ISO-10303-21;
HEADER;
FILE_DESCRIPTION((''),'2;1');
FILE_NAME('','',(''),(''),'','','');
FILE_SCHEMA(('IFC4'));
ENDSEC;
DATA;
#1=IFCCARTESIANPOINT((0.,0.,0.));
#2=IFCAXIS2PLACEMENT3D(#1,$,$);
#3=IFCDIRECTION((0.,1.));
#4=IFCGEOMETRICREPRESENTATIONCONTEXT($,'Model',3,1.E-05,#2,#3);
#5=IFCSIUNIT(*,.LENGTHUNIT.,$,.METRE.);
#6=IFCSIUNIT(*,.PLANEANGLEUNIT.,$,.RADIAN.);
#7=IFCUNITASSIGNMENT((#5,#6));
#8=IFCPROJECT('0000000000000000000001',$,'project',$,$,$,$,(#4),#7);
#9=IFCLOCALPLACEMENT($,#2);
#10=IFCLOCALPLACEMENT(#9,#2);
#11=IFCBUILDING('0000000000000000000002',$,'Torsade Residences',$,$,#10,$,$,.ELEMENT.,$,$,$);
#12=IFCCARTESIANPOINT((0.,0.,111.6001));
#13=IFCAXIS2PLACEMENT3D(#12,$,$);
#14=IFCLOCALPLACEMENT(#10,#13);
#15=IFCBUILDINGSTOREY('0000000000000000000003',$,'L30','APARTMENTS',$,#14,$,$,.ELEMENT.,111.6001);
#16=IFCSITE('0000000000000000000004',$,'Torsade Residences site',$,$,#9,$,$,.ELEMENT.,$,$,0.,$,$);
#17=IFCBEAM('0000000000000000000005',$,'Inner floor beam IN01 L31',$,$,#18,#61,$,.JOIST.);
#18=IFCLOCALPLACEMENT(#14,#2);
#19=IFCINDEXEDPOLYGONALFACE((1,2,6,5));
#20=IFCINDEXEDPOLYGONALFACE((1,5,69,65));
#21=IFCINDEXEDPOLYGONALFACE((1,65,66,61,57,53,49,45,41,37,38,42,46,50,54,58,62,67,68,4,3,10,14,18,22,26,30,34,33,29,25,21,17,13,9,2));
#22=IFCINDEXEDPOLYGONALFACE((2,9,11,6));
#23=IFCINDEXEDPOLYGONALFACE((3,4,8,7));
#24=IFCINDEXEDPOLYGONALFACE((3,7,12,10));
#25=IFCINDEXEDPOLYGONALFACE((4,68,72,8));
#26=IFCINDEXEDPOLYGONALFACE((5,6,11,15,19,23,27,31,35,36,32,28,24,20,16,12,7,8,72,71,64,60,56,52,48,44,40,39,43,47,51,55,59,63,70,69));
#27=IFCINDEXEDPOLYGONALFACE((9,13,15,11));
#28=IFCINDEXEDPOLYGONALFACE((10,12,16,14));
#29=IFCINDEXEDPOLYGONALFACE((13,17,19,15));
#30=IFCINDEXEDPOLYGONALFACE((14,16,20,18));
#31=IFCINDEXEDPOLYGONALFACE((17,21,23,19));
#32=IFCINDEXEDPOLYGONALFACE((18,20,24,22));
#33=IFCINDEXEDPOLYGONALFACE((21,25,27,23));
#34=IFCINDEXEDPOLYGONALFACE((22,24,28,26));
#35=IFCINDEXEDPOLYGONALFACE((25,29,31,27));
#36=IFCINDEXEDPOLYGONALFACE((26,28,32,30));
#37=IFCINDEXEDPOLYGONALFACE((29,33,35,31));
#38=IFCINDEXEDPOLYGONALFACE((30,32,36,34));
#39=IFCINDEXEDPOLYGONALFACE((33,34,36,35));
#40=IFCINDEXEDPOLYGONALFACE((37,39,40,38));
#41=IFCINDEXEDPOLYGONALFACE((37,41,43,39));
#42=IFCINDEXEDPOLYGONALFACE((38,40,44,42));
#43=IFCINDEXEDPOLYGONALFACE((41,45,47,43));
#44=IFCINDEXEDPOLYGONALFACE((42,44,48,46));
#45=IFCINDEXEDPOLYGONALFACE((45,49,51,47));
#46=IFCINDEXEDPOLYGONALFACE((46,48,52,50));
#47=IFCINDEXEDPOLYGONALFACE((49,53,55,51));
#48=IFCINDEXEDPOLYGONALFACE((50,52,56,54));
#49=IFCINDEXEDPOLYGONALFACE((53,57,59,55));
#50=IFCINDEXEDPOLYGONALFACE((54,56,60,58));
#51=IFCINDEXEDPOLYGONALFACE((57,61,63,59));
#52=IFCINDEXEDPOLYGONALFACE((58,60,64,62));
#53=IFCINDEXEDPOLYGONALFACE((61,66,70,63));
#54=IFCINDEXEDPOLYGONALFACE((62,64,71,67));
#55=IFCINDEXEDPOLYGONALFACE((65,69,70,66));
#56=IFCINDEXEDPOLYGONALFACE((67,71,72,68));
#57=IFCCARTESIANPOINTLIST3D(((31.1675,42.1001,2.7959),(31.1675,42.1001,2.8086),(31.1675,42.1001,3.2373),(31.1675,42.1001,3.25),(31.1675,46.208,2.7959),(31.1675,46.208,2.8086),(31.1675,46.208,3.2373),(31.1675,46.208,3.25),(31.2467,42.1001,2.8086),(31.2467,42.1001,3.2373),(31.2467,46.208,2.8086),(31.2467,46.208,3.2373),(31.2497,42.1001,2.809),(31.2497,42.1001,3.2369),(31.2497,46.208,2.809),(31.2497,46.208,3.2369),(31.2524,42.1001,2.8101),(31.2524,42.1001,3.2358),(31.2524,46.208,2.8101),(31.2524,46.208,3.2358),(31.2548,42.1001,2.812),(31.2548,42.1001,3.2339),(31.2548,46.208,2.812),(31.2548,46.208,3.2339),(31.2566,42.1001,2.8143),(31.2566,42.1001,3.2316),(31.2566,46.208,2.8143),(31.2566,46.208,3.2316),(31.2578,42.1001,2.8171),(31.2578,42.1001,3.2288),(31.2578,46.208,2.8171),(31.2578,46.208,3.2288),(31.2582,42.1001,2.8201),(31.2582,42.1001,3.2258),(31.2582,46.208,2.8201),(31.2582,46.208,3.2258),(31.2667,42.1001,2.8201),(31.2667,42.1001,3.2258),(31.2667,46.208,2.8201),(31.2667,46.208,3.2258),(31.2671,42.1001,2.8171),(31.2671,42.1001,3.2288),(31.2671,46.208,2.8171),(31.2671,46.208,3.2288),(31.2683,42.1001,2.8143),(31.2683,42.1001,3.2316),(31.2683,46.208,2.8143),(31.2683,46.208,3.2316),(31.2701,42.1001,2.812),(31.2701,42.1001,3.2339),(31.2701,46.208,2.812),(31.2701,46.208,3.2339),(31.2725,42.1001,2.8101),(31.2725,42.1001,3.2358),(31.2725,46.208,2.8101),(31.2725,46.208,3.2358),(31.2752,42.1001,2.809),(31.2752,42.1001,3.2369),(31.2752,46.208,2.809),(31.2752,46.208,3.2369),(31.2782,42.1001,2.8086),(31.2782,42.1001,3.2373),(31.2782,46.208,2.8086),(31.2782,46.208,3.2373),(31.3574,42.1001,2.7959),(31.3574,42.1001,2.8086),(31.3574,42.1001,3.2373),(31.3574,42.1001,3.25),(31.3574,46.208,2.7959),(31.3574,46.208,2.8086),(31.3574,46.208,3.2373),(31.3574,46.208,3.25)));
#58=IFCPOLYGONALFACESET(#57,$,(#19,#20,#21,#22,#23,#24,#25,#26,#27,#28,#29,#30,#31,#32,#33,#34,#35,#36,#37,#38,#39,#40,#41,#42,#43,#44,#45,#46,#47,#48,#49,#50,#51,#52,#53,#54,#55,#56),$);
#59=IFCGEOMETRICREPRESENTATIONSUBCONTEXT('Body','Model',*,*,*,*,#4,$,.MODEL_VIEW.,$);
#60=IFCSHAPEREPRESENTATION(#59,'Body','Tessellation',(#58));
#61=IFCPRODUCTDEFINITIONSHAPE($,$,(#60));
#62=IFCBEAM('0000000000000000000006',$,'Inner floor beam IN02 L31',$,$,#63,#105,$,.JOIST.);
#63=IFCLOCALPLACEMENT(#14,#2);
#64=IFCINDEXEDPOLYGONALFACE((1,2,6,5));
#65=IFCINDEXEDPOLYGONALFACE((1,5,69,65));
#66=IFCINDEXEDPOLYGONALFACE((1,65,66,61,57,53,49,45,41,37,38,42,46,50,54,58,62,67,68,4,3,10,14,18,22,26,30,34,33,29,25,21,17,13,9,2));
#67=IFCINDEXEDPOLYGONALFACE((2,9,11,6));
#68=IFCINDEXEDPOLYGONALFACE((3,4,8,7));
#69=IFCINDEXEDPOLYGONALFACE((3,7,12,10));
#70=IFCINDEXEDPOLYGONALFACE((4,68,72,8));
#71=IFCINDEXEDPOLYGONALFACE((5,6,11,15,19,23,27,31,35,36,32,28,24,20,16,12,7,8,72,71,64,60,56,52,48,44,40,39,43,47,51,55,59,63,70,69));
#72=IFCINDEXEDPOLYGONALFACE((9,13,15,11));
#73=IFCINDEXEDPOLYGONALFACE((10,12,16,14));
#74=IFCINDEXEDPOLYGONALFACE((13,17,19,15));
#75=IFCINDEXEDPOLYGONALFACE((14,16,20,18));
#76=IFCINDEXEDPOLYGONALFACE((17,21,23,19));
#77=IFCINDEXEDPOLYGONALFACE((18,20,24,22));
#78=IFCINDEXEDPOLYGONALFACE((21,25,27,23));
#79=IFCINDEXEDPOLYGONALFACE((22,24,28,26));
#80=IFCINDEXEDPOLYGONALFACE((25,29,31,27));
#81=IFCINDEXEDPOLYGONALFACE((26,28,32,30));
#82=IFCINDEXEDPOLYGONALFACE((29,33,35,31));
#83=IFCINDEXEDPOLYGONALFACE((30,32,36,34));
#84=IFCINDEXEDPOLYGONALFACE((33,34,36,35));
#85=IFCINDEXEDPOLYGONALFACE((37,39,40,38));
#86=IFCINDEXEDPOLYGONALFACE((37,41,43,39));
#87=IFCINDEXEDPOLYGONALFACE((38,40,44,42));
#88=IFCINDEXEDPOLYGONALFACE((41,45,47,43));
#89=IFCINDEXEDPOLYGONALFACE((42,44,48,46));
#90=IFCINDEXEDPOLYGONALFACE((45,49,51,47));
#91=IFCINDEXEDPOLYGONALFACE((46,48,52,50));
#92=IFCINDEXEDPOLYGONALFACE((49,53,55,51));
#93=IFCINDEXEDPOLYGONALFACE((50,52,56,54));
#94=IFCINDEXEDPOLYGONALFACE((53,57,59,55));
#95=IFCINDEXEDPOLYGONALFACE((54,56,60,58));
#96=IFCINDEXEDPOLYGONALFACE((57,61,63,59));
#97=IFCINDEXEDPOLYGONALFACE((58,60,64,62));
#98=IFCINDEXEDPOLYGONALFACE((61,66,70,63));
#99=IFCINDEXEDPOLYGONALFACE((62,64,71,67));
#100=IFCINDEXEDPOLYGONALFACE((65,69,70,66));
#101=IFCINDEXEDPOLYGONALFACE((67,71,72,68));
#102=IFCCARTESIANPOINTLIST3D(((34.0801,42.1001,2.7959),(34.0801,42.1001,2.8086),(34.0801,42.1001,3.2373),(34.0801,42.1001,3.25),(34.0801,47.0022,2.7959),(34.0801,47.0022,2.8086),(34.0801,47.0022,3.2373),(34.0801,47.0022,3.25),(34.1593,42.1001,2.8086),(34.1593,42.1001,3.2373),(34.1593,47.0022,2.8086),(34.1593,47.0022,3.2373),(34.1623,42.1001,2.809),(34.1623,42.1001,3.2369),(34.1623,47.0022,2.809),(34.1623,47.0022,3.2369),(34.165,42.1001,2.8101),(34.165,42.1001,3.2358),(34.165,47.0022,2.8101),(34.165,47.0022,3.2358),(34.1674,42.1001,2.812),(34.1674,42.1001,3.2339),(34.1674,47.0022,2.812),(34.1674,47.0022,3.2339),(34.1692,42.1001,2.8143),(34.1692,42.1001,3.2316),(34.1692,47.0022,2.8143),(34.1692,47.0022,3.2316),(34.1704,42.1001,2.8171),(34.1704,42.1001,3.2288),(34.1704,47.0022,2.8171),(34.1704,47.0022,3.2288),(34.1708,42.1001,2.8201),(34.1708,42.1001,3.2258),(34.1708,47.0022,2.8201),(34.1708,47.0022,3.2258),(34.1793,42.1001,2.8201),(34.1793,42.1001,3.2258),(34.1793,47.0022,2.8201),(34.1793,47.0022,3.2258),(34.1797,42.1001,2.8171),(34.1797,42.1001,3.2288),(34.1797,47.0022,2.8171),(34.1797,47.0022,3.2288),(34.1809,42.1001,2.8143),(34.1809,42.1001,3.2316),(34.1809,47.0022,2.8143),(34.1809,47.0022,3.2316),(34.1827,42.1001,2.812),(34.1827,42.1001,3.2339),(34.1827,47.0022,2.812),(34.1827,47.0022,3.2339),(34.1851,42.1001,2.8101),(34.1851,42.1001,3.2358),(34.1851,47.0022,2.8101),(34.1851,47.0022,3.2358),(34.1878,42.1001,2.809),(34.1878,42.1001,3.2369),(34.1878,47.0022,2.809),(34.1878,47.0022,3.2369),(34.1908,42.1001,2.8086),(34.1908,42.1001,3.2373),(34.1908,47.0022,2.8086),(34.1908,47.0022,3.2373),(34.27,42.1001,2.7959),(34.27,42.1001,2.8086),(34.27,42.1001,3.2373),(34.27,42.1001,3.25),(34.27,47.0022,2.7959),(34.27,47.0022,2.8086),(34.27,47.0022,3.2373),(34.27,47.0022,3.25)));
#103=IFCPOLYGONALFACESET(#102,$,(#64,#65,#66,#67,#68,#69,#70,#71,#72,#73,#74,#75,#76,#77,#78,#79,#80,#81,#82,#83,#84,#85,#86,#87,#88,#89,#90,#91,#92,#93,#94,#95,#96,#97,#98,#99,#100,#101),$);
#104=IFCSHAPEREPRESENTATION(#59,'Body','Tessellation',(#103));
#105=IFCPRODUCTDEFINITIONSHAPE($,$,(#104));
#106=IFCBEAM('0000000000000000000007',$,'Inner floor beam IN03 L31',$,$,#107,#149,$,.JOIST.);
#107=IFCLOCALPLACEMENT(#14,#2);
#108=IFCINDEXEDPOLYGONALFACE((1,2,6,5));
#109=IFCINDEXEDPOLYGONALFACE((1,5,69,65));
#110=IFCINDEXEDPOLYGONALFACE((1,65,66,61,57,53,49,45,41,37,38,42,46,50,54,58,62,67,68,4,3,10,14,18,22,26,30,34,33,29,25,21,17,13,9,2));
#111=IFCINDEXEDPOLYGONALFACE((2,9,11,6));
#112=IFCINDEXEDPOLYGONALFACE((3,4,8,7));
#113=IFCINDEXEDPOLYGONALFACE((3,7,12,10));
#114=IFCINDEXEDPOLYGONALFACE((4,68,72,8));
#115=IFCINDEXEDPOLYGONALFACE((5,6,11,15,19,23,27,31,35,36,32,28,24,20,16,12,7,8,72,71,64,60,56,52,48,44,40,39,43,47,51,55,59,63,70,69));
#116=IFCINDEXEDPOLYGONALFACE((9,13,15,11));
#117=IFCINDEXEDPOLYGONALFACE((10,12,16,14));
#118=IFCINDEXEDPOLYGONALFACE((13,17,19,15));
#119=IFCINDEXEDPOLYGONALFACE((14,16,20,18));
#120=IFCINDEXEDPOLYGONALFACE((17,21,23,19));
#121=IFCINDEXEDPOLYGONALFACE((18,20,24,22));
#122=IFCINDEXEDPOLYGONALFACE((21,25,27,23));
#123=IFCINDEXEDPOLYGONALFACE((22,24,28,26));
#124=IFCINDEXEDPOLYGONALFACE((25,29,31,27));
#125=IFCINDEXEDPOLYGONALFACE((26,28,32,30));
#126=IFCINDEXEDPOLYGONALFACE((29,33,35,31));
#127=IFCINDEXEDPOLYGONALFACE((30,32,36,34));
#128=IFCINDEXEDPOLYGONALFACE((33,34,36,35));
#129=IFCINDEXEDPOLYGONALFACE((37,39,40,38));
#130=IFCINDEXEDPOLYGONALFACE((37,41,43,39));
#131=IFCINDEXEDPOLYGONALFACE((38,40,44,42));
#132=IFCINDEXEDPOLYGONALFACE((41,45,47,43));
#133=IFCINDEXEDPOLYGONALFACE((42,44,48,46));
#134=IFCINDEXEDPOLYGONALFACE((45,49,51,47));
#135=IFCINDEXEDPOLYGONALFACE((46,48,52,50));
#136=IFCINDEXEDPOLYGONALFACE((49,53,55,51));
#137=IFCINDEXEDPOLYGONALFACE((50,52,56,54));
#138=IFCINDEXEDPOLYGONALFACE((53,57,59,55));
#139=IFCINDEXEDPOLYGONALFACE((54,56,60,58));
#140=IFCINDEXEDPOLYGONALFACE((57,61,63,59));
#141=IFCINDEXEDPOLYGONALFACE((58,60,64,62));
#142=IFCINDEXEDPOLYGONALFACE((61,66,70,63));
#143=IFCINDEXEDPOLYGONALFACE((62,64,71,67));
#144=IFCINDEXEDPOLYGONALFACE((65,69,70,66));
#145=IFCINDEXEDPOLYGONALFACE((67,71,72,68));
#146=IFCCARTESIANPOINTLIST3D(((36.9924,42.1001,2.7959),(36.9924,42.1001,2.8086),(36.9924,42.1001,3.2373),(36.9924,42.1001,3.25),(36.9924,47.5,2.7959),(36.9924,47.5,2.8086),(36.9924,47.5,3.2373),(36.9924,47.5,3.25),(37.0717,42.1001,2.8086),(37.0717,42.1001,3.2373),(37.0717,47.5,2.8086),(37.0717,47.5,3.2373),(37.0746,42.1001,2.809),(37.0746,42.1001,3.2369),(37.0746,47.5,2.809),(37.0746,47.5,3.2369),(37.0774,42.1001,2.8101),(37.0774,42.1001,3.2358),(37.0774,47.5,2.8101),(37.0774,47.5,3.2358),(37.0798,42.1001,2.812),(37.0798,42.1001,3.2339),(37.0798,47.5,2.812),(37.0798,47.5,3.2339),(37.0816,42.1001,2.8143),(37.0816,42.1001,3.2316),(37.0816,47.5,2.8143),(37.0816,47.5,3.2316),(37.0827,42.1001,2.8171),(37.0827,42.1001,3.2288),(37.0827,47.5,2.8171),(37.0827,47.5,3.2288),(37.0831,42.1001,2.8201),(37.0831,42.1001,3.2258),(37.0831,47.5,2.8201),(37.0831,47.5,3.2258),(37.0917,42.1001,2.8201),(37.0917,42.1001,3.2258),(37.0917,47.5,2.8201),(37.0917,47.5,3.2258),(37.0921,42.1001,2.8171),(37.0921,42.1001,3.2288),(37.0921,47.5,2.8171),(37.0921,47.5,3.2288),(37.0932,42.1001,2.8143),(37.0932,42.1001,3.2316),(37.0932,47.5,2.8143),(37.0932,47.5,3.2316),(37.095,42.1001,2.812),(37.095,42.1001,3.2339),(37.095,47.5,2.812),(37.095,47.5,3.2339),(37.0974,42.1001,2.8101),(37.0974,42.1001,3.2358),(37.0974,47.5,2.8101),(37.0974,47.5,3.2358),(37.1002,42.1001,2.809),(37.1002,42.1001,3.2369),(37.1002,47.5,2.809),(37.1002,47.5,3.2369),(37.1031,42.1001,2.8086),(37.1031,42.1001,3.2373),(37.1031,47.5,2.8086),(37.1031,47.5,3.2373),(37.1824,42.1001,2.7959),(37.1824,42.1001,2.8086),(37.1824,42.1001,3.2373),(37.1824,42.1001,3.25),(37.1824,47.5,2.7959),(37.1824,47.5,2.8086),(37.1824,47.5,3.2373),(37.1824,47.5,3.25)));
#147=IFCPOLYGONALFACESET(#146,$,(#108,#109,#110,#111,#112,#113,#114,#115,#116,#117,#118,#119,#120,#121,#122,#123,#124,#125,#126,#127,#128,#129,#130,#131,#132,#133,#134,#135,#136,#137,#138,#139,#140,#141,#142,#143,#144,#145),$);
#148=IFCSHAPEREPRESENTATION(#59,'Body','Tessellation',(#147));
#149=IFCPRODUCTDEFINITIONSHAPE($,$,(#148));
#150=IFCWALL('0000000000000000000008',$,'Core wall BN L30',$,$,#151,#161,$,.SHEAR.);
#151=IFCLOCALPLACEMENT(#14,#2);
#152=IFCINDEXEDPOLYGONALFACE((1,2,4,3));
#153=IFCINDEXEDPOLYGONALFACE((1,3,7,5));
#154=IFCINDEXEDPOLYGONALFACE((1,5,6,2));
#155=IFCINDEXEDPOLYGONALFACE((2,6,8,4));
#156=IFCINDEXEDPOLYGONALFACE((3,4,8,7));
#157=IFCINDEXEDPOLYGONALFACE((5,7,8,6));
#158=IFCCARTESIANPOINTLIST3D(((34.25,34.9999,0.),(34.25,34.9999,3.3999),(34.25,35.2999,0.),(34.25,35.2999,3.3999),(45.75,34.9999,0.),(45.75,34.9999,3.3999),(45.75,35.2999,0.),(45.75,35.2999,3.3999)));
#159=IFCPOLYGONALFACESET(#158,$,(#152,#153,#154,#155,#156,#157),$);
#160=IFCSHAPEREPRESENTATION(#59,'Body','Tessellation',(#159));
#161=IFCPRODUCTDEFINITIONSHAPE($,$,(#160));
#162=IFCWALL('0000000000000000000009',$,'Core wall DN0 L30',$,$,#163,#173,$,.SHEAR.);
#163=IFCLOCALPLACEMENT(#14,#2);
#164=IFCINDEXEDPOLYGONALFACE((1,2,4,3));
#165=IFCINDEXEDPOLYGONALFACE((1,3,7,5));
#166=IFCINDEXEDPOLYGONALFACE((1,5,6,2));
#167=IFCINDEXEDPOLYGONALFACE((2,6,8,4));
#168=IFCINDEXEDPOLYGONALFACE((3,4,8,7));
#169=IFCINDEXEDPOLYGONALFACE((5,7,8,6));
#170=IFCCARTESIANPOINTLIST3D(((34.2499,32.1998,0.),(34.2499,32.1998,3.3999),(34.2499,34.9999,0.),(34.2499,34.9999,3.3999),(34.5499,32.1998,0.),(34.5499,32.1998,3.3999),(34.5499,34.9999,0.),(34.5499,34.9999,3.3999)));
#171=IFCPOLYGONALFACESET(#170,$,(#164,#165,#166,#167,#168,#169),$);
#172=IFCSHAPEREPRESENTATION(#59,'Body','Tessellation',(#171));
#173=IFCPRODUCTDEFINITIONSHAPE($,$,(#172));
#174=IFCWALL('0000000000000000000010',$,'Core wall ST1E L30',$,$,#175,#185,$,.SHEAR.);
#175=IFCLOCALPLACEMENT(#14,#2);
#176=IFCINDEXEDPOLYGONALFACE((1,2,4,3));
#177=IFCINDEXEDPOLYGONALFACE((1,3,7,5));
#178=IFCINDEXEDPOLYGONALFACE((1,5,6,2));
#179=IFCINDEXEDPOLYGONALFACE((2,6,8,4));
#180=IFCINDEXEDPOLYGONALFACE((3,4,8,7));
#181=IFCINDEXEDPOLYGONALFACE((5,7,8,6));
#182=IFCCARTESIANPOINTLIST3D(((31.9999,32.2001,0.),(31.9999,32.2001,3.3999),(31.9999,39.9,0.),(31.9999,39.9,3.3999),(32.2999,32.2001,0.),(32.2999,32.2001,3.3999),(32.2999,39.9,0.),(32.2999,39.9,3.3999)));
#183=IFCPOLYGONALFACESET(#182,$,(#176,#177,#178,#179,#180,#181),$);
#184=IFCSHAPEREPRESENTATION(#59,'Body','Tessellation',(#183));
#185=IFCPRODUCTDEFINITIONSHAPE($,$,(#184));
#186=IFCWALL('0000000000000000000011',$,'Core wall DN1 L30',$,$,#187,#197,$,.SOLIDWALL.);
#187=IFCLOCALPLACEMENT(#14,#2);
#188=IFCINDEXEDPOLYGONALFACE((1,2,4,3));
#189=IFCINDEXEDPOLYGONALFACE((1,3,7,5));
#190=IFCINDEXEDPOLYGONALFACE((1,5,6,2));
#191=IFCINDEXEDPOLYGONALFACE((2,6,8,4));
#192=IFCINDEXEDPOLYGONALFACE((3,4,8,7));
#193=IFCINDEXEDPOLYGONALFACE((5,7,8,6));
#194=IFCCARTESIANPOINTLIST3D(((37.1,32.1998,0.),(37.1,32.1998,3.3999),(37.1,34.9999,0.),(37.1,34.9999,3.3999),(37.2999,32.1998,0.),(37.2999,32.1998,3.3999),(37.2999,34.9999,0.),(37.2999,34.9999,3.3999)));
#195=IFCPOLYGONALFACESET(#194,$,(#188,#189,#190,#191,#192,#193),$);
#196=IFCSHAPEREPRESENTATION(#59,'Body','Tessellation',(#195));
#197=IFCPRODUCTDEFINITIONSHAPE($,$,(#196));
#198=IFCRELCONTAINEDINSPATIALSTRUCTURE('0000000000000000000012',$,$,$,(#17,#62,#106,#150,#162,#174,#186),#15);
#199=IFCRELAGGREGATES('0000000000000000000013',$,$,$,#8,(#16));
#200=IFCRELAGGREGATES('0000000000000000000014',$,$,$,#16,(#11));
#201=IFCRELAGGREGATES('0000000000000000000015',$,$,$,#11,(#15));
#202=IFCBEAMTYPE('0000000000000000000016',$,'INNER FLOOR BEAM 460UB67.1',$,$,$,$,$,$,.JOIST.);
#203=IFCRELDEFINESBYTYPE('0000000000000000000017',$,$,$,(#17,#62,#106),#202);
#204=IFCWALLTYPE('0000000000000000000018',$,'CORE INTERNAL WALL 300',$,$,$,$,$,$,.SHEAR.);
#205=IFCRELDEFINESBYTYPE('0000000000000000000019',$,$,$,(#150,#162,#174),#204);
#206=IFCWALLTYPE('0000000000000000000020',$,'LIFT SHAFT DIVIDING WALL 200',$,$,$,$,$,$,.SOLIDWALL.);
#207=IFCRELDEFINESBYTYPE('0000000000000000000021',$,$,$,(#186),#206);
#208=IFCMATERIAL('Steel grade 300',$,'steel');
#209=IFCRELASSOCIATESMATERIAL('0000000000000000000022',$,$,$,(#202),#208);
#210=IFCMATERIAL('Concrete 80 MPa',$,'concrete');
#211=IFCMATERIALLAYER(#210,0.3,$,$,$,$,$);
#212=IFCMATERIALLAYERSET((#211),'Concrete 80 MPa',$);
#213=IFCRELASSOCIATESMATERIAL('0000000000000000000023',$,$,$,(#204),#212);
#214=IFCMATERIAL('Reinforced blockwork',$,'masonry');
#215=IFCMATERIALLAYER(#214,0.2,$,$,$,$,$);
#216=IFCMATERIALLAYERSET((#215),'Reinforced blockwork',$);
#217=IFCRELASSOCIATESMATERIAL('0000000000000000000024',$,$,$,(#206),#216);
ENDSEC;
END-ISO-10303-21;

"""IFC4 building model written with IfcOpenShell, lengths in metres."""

from ifc_helpers import new_model, si_unit, direction, frame, frame_2d, origin, origin_2d, place, context, subcontext, project, spatial, rectangle, i_section, extrude, material, layer, layer_set, material_profile, profile_set, type_object, element, save


model = new_model("IFC4")

# Units and contexts
model_context = context("Model", 3, precision=1e-05, world=origin(), true_north=direction((0.0, 1.0)))
body_context = subcontext(model_context, "Body", "Model", "MODEL_VIEW")
ifc_project = project(units=[si_unit("LENGTHUNIT", "METRE"), si_unit("PLANEANGLEUNIT", "RADIAN")], contexts=[model_context])

# Site, building, storey
site_placement = place(None, origin())
site = spatial("IfcSite", under=ifc_project, at=site_placement, Name="Torsade Residences site", CompositionType="ELEMENT", RefElevation=0.0)
building_placement = place(site_placement, origin())
building = spatial("IfcBuilding", under=site, at=building_placement, Name="Torsade Residences", CompositionType="ELEMENT")
storey_placement = place(building_placement, frame((0.0, 0.0, 111.6001)))
storey = spatial("IfcBuildingStorey", under=building, at=storey_placement, Name="L30", Description="APARTMENTS", CompositionType="ELEMENT", Elevation=111.6001)

# Beams
ifc_material_1 = material(Name="Steel grade 300", Category="steel")
ifc_material_profile = material_profile(ifc_material_1, i_section(OverallWidth=0.1899, OverallDepth=0.4541, WebThickness=0.0085, FlangeThickness=0.0127, FilletRadius=0.0115, at=origin_2d()), Name="460UB67.1")
ifc_profile_set = profile_set([ifc_material_profile], Name="Steel grade 300")
beam_type = type_object("IfcBeamType", Name="INNER FLOOR BEAM 460UB67.1", PredefinedType="JOIST", material=ifc_profile_set)
beam_1_placement = place(storey_placement, frame((31.2625, 42.1001, 3.0229), z_axis=(0.0, 1.0, 0.0), x_axis=(-1.0, 0.0, 0.0)))
element("IfcBeam", 1, at=beam_1_placement, inside=storey, type_object=beam_type, Name="Inner floor beam IN01 L31", PredefinedType="JOIST", context=body_context, shape_type="SweptSolid", body=[
    extrude(i_section(OverallWidth=0.1899, OverallDepth=0.4541, WebThickness=0.0085, FlangeThickness=0.0127, FilletRadius=0.0115, at=origin_2d()), origin(), (0.0, 0.0, 1.0), 4.1079),
])
beam_2_placement = place(storey_placement, frame((34.175, 42.1001, 3.0229), z_axis=(0.0, 1.0, 0.0), x_axis=(-1.0, 0.0, 0.0)))
element("IfcBeam", 2, at=beam_2_placement, inside=storey, type_object=beam_type, Name="Inner floor beam IN02 L31", PredefinedType="JOIST", context=body_context, shape_type="SweptSolid", body=[
    extrude(i_section(OverallWidth=0.1899, OverallDepth=0.4541, WebThickness=0.0085, FlangeThickness=0.0127, FilletRadius=0.0115, at=origin_2d()), origin(), (0.0, 0.0, 1.0), 4.9021),
])
beam_3_placement = place(storey_placement, frame((37.0874, 42.1001, 3.0229), z_axis=(0.0, 1.0, 0.0), x_axis=(-1.0, 0.0, 0.0)))
element("IfcBeam", 3, at=beam_3_placement, inside=storey, type_object=beam_type, Name="Inner floor beam IN03 L31", PredefinedType="JOIST", context=body_context, shape_type="SweptSolid", body=[
    extrude(i_section(OverallWidth=0.1899, OverallDepth=0.4541, WebThickness=0.0085, FlangeThickness=0.0127, FilletRadius=0.0115, at=origin_2d()), origin(), (0.0, 0.0, 1.0), 5.3999),
])

# Walls
ifc_material_2 = material(Name="Concrete 80 MPa", Category="concrete")
ifc_layer_1 = layer(ifc_material_2, 0.3)
ifc_layer_set_1 = layer_set([ifc_layer_1], Name="Concrete 80 MPa")
wall_type_1 = type_object("IfcWallType", Name="CORE INTERNAL WALL 300", PredefinedType="SHEAR", material=ifc_layer_set_1)
wall_1_placement = place(storey_placement, frame((34.25, 35.1499, 0.0), z_axis=(0.0, 0.0, 1.0), x_axis=(1.0, 0.0, 0.0)))
element("IfcWall", 4, at=wall_1_placement, inside=storey, type_object=wall_type_1, Name="Core wall BN L30", PredefinedType="SHEAR", context=body_context, shape_type="SweptSolid", body=[
    extrude(rectangle(XDim=11.5, YDim=0.3, at=frame_2d((5.75, 0.0))), origin(), (0.0, 0.0, 1.0), 3.3999),
])
wall_2_placement = place(storey_placement, frame((34.3999, 32.2, 0.0), z_axis=(0.0, 0.0, 1.0), x_axis=(0.0, 1.0, 0.0)))
element("IfcWall", 5, at=wall_2_placement, inside=storey, type_object=wall_type_1, Name="Core wall DN0 L30", PredefinedType="SHEAR", context=body_context, shape_type="SweptSolid", body=[
    extrude(rectangle(XDim=2.8, YDim=0.3, at=frame_2d((1.3999, 0.0))), origin(), (0.0, 0.0, 1.0), 3.3999),
])
wall_3_placement = place(storey_placement, frame((32.1499, 32.2, 0.0), z_axis=(0.0, 0.0, 1.0), x_axis=(0.0, 1.0, 0.0)))
element("IfcWall", 6, at=wall_3_placement, inside=storey, type_object=wall_type_1, Name="Core wall ST1E L30", PredefinedType="SHEAR", context=body_context, shape_type="SweptSolid", body=[
    extrude(rectangle(XDim=7.7, YDim=0.3, at=frame_2d((3.8501, 0.0))), origin(), (0.0, 0.0, 1.0), 3.3999),
])
ifc_material_3 = material(Name="Reinforced blockwork", Category="masonry")
ifc_layer_2 = layer(ifc_material_3, 0.2)
ifc_layer_set_2 = layer_set([ifc_layer_2], Name="Reinforced blockwork")
wall_type_2 = type_object("IfcWallType", Name="LIFT SHAFT DIVIDING WALL 200", PredefinedType="SOLIDWALL", material=ifc_layer_set_2)
wall_4_placement = place(storey_placement, frame((37.2, 32.2, 0.0), z_axis=(0.0, 0.0, 1.0), x_axis=(0.0, 1.0, 0.0)))
element("IfcWall", 7, at=wall_4_placement, inside=storey, type_object=wall_type_2, Name="Core wall DN1 L30", PredefinedType="SOLIDWALL", context=body_context, shape_type="SweptSolid", body=[
    extrude(rectangle(XDim=2.8, YDim=0.2, at=frame_2d((1.3999, 0.0))), origin(), (0.0, 0.0, 1.0), 3.3999),
])

save(model, "model.ifc")
